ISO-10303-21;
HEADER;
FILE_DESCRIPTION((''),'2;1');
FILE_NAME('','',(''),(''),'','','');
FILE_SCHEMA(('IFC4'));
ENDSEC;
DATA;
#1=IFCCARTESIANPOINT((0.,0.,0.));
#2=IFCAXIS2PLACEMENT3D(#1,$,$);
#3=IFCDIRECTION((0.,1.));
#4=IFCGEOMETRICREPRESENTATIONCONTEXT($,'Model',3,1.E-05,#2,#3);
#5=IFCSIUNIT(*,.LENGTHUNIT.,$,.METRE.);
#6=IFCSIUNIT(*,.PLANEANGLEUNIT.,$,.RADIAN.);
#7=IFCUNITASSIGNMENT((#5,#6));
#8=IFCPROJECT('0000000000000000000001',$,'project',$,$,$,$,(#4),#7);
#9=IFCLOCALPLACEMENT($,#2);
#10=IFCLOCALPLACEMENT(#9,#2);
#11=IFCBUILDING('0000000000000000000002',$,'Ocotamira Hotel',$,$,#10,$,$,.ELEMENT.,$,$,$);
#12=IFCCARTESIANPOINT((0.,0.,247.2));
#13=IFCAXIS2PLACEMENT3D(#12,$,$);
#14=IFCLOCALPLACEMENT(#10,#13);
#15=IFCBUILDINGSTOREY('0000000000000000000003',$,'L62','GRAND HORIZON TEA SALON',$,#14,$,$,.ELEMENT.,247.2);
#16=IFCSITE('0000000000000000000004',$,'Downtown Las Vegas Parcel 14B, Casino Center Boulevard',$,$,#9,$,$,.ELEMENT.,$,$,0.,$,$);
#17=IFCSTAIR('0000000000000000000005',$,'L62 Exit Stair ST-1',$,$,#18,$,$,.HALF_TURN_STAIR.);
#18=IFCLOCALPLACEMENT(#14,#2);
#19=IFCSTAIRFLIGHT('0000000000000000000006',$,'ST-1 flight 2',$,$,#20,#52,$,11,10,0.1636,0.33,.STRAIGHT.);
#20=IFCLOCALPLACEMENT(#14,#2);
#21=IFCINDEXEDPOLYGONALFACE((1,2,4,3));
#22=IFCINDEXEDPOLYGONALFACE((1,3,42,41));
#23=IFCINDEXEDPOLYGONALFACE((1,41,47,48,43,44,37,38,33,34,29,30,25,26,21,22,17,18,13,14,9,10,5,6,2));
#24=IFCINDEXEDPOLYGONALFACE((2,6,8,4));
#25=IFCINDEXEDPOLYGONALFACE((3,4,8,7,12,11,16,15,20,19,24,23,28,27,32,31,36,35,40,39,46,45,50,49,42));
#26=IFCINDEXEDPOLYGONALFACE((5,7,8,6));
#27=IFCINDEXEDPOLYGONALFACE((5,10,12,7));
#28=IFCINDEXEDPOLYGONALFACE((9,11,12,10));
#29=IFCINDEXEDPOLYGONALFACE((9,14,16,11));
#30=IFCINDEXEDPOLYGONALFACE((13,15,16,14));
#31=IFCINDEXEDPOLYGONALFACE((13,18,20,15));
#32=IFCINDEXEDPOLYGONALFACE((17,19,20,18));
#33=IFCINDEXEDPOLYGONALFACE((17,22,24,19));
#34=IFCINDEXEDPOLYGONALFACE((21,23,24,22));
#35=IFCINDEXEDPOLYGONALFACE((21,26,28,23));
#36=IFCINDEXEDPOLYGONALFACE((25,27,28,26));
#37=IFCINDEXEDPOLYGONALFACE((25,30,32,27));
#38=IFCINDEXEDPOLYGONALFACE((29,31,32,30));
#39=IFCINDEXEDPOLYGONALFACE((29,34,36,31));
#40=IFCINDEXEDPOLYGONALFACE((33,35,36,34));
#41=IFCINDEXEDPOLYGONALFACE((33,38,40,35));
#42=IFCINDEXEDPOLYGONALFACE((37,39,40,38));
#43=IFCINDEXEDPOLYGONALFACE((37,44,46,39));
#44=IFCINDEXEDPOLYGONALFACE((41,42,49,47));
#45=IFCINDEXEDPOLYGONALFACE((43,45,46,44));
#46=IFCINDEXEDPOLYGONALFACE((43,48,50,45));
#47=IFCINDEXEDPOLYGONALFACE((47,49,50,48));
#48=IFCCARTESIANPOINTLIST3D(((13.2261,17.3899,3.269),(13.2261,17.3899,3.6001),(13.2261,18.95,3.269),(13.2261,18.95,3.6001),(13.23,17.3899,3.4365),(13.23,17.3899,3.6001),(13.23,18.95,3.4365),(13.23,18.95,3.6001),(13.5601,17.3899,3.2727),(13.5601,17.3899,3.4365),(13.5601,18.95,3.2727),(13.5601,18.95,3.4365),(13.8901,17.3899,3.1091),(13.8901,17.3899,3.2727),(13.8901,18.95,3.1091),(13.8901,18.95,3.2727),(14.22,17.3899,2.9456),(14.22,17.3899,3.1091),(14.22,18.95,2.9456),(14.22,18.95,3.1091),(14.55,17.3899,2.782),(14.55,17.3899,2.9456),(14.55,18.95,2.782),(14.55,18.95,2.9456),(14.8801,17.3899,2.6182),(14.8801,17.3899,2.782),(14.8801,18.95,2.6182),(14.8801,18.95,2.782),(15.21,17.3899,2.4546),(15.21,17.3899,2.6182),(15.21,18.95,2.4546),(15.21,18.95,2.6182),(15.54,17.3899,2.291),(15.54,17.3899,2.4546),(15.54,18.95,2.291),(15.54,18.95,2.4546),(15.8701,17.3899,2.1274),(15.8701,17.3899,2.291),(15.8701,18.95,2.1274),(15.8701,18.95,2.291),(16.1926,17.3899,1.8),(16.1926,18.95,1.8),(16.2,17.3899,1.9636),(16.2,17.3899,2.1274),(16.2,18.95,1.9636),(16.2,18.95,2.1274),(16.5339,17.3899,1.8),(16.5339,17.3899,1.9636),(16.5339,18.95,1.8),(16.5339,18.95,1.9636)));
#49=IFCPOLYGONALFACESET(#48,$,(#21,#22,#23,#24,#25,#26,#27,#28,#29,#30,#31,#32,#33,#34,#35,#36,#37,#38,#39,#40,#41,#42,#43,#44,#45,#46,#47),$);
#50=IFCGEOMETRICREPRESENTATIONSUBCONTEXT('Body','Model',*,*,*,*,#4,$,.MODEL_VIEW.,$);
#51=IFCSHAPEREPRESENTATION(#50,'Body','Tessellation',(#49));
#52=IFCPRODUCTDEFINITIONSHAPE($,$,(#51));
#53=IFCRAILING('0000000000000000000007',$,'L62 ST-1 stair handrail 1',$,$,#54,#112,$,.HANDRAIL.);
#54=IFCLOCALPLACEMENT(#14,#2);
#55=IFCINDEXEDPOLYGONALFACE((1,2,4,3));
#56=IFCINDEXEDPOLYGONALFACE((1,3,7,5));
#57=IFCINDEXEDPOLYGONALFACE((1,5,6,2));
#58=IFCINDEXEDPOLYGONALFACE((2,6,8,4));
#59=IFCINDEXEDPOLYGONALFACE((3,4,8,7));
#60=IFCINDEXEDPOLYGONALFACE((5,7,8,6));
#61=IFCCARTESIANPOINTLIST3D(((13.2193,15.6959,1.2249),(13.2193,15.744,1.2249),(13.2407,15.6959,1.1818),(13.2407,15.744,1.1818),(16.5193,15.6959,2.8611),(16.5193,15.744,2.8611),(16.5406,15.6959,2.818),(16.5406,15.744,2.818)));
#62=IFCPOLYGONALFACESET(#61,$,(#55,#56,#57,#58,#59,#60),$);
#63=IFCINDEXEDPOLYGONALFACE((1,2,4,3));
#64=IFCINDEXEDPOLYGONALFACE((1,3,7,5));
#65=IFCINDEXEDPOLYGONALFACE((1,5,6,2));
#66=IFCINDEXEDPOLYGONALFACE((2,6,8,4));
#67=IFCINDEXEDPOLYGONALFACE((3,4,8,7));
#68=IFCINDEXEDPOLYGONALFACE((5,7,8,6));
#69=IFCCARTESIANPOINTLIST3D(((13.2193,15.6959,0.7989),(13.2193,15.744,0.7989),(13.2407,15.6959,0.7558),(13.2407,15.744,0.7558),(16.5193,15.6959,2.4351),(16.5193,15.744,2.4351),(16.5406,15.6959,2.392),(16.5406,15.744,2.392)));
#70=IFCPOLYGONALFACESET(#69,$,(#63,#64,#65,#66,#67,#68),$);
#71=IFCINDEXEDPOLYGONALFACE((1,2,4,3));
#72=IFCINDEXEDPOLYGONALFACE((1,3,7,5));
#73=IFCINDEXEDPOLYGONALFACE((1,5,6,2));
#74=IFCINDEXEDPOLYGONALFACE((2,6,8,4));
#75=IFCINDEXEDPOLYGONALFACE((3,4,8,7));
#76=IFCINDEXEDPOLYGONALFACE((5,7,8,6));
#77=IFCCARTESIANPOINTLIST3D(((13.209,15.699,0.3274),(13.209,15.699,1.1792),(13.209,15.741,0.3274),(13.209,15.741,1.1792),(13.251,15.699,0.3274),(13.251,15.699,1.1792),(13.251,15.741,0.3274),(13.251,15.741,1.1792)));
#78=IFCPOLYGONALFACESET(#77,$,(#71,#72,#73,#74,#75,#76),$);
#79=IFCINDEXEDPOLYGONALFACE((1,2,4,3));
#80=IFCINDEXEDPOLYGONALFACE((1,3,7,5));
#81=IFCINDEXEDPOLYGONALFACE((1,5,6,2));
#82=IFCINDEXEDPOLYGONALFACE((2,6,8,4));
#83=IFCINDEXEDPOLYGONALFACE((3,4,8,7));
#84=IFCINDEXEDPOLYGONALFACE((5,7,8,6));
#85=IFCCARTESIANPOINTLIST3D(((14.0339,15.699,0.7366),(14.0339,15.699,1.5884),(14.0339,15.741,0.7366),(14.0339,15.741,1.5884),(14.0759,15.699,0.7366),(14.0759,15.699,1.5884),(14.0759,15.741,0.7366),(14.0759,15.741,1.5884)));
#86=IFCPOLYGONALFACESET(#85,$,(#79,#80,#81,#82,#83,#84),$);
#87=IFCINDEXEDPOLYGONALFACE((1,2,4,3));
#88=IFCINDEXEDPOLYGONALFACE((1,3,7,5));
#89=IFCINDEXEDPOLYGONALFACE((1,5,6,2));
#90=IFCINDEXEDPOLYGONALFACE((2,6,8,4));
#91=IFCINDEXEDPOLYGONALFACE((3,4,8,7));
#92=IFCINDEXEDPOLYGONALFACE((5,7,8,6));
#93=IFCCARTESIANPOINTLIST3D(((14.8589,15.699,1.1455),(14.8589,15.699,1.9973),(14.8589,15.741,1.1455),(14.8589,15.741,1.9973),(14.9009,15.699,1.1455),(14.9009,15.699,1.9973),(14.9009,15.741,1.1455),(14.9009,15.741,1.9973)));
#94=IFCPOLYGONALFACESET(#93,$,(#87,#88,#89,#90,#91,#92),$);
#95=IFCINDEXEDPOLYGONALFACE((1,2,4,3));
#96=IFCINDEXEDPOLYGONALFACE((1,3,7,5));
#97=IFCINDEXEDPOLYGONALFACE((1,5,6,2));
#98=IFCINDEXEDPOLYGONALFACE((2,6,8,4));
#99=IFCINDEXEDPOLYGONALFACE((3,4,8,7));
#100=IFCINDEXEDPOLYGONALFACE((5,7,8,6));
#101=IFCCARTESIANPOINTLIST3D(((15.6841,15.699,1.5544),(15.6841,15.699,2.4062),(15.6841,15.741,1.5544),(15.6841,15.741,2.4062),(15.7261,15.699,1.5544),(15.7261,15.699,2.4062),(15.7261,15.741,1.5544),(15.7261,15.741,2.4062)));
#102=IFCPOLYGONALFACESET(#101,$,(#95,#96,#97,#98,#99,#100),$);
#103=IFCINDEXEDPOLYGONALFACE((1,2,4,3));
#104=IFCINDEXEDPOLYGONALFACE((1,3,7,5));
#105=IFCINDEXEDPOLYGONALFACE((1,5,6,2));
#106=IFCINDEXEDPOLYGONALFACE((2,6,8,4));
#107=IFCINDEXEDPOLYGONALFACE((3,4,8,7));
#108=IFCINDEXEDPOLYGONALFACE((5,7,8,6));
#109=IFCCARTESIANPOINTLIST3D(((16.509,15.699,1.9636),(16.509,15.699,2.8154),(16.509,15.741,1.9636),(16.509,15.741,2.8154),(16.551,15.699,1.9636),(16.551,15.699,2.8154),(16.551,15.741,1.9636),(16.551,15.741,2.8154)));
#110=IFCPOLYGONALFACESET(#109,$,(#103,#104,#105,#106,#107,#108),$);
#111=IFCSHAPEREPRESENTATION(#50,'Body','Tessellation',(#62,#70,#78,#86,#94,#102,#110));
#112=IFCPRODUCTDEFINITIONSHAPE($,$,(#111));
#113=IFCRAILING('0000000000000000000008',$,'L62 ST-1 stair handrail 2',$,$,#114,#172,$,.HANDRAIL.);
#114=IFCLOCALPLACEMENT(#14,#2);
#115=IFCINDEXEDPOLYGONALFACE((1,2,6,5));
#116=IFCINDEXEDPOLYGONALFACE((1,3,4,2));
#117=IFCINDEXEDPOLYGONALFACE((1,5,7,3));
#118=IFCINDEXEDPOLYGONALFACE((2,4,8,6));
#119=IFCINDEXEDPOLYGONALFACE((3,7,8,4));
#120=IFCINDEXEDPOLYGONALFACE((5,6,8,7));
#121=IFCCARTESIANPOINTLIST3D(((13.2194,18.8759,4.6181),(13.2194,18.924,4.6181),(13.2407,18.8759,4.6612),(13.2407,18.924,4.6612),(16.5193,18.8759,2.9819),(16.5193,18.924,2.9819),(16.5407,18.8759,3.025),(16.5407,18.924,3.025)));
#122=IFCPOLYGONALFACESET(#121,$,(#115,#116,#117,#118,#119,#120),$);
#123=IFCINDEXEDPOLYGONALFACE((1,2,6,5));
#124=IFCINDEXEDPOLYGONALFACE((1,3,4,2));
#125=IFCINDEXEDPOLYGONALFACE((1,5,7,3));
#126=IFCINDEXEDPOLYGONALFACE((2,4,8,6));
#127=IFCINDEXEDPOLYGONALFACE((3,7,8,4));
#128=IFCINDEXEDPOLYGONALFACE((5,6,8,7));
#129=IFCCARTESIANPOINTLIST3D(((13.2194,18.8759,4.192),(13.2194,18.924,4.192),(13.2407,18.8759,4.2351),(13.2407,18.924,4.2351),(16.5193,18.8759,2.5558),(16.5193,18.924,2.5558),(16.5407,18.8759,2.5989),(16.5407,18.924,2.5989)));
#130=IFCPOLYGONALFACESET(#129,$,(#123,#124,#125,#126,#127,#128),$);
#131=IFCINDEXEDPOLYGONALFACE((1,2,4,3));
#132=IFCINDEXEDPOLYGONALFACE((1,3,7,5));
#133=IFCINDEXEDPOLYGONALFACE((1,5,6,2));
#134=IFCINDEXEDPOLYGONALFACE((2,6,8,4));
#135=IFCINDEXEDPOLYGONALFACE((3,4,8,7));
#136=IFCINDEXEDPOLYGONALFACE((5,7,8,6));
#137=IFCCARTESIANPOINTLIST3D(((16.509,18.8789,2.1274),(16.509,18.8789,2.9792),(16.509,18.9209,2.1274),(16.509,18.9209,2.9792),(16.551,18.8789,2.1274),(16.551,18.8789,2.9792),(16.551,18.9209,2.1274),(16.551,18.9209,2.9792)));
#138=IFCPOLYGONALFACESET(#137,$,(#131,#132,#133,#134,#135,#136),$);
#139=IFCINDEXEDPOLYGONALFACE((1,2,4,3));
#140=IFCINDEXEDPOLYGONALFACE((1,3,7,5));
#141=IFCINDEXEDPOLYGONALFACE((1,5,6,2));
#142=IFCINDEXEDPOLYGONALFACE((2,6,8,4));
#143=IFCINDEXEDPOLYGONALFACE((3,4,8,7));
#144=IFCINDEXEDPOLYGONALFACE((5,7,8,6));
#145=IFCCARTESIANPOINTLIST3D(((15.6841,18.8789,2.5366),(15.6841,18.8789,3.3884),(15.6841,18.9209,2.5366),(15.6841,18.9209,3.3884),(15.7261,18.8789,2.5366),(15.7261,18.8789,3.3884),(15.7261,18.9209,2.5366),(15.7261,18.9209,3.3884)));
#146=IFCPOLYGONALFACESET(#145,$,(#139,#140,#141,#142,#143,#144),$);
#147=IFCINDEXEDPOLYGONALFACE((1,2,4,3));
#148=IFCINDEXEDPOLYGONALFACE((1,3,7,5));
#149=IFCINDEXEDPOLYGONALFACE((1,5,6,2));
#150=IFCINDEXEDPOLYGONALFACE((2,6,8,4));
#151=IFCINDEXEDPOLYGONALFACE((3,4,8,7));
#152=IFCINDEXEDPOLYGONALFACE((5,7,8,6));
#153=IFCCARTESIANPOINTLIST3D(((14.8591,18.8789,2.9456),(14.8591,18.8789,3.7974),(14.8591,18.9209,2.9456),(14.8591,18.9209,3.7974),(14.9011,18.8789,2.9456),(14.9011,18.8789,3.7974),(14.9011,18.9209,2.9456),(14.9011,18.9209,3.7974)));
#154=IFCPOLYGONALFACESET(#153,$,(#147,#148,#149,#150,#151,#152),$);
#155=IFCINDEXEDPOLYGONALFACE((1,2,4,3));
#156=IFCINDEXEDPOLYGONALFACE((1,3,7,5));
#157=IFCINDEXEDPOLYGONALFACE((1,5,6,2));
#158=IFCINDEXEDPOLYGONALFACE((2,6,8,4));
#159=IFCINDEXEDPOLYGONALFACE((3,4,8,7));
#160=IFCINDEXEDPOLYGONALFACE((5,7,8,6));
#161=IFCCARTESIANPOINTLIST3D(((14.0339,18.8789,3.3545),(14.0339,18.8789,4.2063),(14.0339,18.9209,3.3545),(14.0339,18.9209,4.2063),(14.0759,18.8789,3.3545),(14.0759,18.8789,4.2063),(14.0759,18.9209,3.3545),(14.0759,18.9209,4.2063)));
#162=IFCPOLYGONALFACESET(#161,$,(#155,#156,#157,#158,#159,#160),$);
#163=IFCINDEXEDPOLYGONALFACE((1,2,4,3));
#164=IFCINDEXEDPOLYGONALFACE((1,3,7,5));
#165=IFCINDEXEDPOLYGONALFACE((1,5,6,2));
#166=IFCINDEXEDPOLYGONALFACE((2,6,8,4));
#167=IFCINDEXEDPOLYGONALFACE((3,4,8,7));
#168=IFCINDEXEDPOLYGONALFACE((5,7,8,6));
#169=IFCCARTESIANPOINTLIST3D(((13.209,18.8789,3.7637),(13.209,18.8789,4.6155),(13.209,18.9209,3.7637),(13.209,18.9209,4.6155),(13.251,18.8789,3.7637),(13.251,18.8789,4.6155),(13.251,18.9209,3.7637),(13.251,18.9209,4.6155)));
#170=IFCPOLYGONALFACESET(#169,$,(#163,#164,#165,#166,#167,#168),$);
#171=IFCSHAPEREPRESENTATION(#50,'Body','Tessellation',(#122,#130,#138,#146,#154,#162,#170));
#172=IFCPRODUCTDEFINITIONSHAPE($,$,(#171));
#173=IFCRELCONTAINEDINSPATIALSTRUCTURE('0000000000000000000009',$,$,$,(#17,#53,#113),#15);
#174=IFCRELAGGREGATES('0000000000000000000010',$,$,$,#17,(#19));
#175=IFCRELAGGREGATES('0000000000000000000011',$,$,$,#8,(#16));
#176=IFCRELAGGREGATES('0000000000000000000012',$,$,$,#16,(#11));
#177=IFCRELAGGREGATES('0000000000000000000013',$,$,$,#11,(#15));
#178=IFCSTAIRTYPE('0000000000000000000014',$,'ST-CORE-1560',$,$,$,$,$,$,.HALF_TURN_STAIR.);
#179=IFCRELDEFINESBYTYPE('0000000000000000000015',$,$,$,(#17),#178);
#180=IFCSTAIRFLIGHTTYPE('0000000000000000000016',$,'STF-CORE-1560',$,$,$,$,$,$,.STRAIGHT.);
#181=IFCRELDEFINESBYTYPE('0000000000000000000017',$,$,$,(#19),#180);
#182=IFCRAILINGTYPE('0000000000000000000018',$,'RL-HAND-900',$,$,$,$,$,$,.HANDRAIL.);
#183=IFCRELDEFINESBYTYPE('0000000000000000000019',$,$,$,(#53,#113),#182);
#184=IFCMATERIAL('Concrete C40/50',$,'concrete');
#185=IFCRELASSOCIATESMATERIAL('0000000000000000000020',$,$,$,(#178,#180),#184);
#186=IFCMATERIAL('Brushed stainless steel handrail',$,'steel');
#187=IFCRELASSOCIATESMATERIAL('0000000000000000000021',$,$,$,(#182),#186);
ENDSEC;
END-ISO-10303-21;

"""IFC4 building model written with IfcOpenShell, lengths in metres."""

from ifc_helpers import new_model, si_unit, direction, frame, origin, origin_2d, place, context, subcontext, project, spatial, polyline, rectangle, outline, extrude, source, transform, mapped, material, type_object, element, aggregate, save


model = new_model("IFC4")

# Units and contexts
model_context = context("Model", 3, precision=1e-05, world=origin(), true_north=direction((0.0, 1.0)))
body_context = subcontext(model_context, "Body", "Model", "MODEL_VIEW")
ifc_project = project(units=[si_unit("LENGTHUNIT", "METRE"), si_unit("PLANEANGLEUNIT", "RADIAN")], contexts=[model_context])

# Site, building, storey
site_placement = place(None, origin())
site = spatial("IfcSite", under=ifc_project, at=site_placement, Name="Downtown Las Vegas Parcel 14B, Casino Center Boulevard", CompositionType="ELEMENT", RefElevation=0.0)
building_placement = place(site_placement, origin())
building = spatial("IfcBuilding", under=site, at=building_placement, Name="Ocotamira Hotel", CompositionType="ELEMENT")
storey_placement = place(building_placement, frame((0.0, 0.0, 247.2)))
storey = spatial("IfcBuildingStorey", under=building, at=storey_placement, Name="L62", Description="GRAND HORIZON TEA SALON", CompositionType="ELEMENT", Elevation=247.2)

# Stair, stair flight
ifc_material_1 = material(Name="Concrete C40/50", Category="concrete")
stair_type = type_object("IfcStairType", Name="ST-CORE-1560", PredefinedType="HALF_TURN_STAIR", material=ifc_material_1)
stair_placement = place(storey_placement, origin())
stair = element("IfcStair", 1, at=stair_placement, inside=storey, type_object=stair_type, Name="L62 Exit Stair ST-1", PredefinedType="HALF_TURN_STAIR")
stair_flight_type = type_object("IfcStairFlightType", Name="STF-CORE-1560", PredefinedType="STRAIGHT", material=ifc_material_1)
shared_shape_1 = source(origin(), body_context, "Body", "SweptSolid", [
    extrude(outline(polyline([(-0.0039, 0.0), (-0.0039, 0.1636), (0.3301, 0.1636), (0.3301, 0.3274), (0.6599, 0.3274), (0.6599, 0.491), (0.99, 0.491), (0.99, 0.6545), (1.3201, 0.6545), (1.3201, 0.8181), (1.6499, 0.8181), (1.6499, 0.9819), (1.98, 0.9819), (1.98, 1.1455), (2.3101, 1.1455), (2.3101, 1.3091), (2.6399, 1.3091), (2.6399, 1.4727), (2.97, 1.4727), (2.97, 1.6365), (3.3, 1.6365), (3.3, 1.8), (3.304, 1.8), (3.304, 1.469), (0.3374, 0.0), (-0.0039, 0.0)])), frame((0.0, 0.78, 0.0), z_axis=(0.0, -1.0, 0.0), x_axis=(1.0, 0.0, 0.0)), (0.0, 0.0, 1.0), 1.5601),
])
stair_flight_1_placement = place(storey_placement, frame((16.53, 18.1699, 1.8), z_axis=(0.0, 0.0, 1.0), x_axis=(-1.0, 0.0, 0.0)))
stair_flight_1 = element("IfcStairFlight", 2, at=stair_flight_1_placement, type_object=stair_flight_type, Name="ST-1 flight 2", NumberOfRisers=11, NumberOfTreads=10, PredefinedType="STRAIGHT", RiserHeight=0.1636, TreadLength=0.33, context=body_context, shape_type="MappedRepresentation", body=[
    mapped(shared_shape_1, transform((0.0, 0.0, 0.0), scale=1.0)),
])
aggregate(stair, [stair_flight_1])

# Railings
ifc_material_2 = material(Name="Brushed stainless steel handrail", Category="steel")
railing_type_1 = type_object("IfcRailingType", Name="RL-HAND-900", PredefinedType="HANDRAIL", material=ifc_material_2)
railing_1_placement = place(storey_placement, frame((13.23, 15.72, 0.3274)))
element("IfcRailing", 3, at=railing_1_placement, inside=storey, type_object=railing_type_1, Name="L62 ST-1 stair handrail 1", PredefinedType="HANDRAIL", context=body_context, shape_type="SweptSolid", body=[
    extrude(rectangle(XDim=0.0481, YDim=0.0481, at=origin_2d()), frame((0.0, 0.0, 0.876), z_axis=(0.89592, 0.0, 0.444215), x_axis=(0.0, 1.0, 0.0)), (0.0, 0.0, 1.0), 3.6833),
    extrude(rectangle(XDim=0.0481, YDim=0.0481, at=origin_2d()), frame((0.0, 0.0, 0.45), z_axis=(0.89592, 0.0, 0.444215), x_axis=(0.0, 1.0, 0.0)), (0.0, 0.0, 1.0), 3.6833),
    extrude(rectangle(XDim=0.042, YDim=0.042, at=origin_2d()), origin(), (0.0, 0.0, 1.0), 0.8518),
    extrude(rectangle(XDim=0.042, YDim=0.042, at=origin_2d()), frame((0.825, 0.0, 0.4092)), (0.0, 0.0, 1.0), 0.8518),
    extrude(rectangle(XDim=0.042, YDim=0.042, at=origin_2d()), frame((1.6499, 0.0, 0.8181)), (0.0, 0.0, 1.0), 0.8518),
    extrude(rectangle(XDim=0.042, YDim=0.042, at=origin_2d()), frame((2.4751, 0.0, 1.2271)), (0.0, 0.0, 1.0), 0.8518),
    extrude(rectangle(XDim=0.042, YDim=0.042, at=origin_2d()), frame((3.3, 0.0, 1.6362)), (0.0, 0.0, 1.0), 0.8518),
])
railing_2_placement = place(storey_placement, frame((16.53, 18.8999, 2.1274)))
element("IfcRailing", 4, at=railing_2_placement, inside=storey, type_object=railing_type_1, Name="L62 ST-1 stair handrail 2", PredefinedType="HANDRAIL", context=body_context, shape_type="SweptSolid", body=[
    extrude(rectangle(XDim=0.0481, YDim=0.0481, at=origin_2d()), frame((0.0, 0.0, 0.876), z_axis=(-0.89592, 0.0, 0.444215), x_axis=(0.0, -1.0, 0.0)), (0.0, 0.0, 1.0), 3.6833),
    extrude(rectangle(XDim=0.0481, YDim=0.0481, at=origin_2d()), frame((0.0, 0.0, 0.45), z_axis=(-0.89592, 0.0, 0.444215), x_axis=(0.0, -1.0, 0.0)), (0.0, 0.0, 1.0), 3.6833),
    extrude(rectangle(XDim=0.042, YDim=0.042, at=origin_2d()), origin(), (0.0, 0.0, 1.0), 0.8518),
    extrude(rectangle(XDim=0.042, YDim=0.042, at=origin_2d()), frame((-0.825, 0.0, 0.4092)), (0.0, 0.0, 1.0), 0.8518),
    extrude(rectangle(XDim=0.042, YDim=0.042, at=origin_2d()), frame((-1.6499, 0.0, 0.8181)), (0.0, 0.0, 1.0), 0.8518),
    extrude(rectangle(XDim=0.042, YDim=0.042, at=origin_2d()), frame((-2.4751, 0.0, 1.2271)), (0.0, 0.0, 1.0), 0.8518),
    extrude(rectangle(XDim=0.042, YDim=0.042, at=origin_2d()), frame((-3.3, 0.0, 1.6362)), (0.0, 0.0, 1.0), 0.8518),
])

save(model, "model.ifc")
